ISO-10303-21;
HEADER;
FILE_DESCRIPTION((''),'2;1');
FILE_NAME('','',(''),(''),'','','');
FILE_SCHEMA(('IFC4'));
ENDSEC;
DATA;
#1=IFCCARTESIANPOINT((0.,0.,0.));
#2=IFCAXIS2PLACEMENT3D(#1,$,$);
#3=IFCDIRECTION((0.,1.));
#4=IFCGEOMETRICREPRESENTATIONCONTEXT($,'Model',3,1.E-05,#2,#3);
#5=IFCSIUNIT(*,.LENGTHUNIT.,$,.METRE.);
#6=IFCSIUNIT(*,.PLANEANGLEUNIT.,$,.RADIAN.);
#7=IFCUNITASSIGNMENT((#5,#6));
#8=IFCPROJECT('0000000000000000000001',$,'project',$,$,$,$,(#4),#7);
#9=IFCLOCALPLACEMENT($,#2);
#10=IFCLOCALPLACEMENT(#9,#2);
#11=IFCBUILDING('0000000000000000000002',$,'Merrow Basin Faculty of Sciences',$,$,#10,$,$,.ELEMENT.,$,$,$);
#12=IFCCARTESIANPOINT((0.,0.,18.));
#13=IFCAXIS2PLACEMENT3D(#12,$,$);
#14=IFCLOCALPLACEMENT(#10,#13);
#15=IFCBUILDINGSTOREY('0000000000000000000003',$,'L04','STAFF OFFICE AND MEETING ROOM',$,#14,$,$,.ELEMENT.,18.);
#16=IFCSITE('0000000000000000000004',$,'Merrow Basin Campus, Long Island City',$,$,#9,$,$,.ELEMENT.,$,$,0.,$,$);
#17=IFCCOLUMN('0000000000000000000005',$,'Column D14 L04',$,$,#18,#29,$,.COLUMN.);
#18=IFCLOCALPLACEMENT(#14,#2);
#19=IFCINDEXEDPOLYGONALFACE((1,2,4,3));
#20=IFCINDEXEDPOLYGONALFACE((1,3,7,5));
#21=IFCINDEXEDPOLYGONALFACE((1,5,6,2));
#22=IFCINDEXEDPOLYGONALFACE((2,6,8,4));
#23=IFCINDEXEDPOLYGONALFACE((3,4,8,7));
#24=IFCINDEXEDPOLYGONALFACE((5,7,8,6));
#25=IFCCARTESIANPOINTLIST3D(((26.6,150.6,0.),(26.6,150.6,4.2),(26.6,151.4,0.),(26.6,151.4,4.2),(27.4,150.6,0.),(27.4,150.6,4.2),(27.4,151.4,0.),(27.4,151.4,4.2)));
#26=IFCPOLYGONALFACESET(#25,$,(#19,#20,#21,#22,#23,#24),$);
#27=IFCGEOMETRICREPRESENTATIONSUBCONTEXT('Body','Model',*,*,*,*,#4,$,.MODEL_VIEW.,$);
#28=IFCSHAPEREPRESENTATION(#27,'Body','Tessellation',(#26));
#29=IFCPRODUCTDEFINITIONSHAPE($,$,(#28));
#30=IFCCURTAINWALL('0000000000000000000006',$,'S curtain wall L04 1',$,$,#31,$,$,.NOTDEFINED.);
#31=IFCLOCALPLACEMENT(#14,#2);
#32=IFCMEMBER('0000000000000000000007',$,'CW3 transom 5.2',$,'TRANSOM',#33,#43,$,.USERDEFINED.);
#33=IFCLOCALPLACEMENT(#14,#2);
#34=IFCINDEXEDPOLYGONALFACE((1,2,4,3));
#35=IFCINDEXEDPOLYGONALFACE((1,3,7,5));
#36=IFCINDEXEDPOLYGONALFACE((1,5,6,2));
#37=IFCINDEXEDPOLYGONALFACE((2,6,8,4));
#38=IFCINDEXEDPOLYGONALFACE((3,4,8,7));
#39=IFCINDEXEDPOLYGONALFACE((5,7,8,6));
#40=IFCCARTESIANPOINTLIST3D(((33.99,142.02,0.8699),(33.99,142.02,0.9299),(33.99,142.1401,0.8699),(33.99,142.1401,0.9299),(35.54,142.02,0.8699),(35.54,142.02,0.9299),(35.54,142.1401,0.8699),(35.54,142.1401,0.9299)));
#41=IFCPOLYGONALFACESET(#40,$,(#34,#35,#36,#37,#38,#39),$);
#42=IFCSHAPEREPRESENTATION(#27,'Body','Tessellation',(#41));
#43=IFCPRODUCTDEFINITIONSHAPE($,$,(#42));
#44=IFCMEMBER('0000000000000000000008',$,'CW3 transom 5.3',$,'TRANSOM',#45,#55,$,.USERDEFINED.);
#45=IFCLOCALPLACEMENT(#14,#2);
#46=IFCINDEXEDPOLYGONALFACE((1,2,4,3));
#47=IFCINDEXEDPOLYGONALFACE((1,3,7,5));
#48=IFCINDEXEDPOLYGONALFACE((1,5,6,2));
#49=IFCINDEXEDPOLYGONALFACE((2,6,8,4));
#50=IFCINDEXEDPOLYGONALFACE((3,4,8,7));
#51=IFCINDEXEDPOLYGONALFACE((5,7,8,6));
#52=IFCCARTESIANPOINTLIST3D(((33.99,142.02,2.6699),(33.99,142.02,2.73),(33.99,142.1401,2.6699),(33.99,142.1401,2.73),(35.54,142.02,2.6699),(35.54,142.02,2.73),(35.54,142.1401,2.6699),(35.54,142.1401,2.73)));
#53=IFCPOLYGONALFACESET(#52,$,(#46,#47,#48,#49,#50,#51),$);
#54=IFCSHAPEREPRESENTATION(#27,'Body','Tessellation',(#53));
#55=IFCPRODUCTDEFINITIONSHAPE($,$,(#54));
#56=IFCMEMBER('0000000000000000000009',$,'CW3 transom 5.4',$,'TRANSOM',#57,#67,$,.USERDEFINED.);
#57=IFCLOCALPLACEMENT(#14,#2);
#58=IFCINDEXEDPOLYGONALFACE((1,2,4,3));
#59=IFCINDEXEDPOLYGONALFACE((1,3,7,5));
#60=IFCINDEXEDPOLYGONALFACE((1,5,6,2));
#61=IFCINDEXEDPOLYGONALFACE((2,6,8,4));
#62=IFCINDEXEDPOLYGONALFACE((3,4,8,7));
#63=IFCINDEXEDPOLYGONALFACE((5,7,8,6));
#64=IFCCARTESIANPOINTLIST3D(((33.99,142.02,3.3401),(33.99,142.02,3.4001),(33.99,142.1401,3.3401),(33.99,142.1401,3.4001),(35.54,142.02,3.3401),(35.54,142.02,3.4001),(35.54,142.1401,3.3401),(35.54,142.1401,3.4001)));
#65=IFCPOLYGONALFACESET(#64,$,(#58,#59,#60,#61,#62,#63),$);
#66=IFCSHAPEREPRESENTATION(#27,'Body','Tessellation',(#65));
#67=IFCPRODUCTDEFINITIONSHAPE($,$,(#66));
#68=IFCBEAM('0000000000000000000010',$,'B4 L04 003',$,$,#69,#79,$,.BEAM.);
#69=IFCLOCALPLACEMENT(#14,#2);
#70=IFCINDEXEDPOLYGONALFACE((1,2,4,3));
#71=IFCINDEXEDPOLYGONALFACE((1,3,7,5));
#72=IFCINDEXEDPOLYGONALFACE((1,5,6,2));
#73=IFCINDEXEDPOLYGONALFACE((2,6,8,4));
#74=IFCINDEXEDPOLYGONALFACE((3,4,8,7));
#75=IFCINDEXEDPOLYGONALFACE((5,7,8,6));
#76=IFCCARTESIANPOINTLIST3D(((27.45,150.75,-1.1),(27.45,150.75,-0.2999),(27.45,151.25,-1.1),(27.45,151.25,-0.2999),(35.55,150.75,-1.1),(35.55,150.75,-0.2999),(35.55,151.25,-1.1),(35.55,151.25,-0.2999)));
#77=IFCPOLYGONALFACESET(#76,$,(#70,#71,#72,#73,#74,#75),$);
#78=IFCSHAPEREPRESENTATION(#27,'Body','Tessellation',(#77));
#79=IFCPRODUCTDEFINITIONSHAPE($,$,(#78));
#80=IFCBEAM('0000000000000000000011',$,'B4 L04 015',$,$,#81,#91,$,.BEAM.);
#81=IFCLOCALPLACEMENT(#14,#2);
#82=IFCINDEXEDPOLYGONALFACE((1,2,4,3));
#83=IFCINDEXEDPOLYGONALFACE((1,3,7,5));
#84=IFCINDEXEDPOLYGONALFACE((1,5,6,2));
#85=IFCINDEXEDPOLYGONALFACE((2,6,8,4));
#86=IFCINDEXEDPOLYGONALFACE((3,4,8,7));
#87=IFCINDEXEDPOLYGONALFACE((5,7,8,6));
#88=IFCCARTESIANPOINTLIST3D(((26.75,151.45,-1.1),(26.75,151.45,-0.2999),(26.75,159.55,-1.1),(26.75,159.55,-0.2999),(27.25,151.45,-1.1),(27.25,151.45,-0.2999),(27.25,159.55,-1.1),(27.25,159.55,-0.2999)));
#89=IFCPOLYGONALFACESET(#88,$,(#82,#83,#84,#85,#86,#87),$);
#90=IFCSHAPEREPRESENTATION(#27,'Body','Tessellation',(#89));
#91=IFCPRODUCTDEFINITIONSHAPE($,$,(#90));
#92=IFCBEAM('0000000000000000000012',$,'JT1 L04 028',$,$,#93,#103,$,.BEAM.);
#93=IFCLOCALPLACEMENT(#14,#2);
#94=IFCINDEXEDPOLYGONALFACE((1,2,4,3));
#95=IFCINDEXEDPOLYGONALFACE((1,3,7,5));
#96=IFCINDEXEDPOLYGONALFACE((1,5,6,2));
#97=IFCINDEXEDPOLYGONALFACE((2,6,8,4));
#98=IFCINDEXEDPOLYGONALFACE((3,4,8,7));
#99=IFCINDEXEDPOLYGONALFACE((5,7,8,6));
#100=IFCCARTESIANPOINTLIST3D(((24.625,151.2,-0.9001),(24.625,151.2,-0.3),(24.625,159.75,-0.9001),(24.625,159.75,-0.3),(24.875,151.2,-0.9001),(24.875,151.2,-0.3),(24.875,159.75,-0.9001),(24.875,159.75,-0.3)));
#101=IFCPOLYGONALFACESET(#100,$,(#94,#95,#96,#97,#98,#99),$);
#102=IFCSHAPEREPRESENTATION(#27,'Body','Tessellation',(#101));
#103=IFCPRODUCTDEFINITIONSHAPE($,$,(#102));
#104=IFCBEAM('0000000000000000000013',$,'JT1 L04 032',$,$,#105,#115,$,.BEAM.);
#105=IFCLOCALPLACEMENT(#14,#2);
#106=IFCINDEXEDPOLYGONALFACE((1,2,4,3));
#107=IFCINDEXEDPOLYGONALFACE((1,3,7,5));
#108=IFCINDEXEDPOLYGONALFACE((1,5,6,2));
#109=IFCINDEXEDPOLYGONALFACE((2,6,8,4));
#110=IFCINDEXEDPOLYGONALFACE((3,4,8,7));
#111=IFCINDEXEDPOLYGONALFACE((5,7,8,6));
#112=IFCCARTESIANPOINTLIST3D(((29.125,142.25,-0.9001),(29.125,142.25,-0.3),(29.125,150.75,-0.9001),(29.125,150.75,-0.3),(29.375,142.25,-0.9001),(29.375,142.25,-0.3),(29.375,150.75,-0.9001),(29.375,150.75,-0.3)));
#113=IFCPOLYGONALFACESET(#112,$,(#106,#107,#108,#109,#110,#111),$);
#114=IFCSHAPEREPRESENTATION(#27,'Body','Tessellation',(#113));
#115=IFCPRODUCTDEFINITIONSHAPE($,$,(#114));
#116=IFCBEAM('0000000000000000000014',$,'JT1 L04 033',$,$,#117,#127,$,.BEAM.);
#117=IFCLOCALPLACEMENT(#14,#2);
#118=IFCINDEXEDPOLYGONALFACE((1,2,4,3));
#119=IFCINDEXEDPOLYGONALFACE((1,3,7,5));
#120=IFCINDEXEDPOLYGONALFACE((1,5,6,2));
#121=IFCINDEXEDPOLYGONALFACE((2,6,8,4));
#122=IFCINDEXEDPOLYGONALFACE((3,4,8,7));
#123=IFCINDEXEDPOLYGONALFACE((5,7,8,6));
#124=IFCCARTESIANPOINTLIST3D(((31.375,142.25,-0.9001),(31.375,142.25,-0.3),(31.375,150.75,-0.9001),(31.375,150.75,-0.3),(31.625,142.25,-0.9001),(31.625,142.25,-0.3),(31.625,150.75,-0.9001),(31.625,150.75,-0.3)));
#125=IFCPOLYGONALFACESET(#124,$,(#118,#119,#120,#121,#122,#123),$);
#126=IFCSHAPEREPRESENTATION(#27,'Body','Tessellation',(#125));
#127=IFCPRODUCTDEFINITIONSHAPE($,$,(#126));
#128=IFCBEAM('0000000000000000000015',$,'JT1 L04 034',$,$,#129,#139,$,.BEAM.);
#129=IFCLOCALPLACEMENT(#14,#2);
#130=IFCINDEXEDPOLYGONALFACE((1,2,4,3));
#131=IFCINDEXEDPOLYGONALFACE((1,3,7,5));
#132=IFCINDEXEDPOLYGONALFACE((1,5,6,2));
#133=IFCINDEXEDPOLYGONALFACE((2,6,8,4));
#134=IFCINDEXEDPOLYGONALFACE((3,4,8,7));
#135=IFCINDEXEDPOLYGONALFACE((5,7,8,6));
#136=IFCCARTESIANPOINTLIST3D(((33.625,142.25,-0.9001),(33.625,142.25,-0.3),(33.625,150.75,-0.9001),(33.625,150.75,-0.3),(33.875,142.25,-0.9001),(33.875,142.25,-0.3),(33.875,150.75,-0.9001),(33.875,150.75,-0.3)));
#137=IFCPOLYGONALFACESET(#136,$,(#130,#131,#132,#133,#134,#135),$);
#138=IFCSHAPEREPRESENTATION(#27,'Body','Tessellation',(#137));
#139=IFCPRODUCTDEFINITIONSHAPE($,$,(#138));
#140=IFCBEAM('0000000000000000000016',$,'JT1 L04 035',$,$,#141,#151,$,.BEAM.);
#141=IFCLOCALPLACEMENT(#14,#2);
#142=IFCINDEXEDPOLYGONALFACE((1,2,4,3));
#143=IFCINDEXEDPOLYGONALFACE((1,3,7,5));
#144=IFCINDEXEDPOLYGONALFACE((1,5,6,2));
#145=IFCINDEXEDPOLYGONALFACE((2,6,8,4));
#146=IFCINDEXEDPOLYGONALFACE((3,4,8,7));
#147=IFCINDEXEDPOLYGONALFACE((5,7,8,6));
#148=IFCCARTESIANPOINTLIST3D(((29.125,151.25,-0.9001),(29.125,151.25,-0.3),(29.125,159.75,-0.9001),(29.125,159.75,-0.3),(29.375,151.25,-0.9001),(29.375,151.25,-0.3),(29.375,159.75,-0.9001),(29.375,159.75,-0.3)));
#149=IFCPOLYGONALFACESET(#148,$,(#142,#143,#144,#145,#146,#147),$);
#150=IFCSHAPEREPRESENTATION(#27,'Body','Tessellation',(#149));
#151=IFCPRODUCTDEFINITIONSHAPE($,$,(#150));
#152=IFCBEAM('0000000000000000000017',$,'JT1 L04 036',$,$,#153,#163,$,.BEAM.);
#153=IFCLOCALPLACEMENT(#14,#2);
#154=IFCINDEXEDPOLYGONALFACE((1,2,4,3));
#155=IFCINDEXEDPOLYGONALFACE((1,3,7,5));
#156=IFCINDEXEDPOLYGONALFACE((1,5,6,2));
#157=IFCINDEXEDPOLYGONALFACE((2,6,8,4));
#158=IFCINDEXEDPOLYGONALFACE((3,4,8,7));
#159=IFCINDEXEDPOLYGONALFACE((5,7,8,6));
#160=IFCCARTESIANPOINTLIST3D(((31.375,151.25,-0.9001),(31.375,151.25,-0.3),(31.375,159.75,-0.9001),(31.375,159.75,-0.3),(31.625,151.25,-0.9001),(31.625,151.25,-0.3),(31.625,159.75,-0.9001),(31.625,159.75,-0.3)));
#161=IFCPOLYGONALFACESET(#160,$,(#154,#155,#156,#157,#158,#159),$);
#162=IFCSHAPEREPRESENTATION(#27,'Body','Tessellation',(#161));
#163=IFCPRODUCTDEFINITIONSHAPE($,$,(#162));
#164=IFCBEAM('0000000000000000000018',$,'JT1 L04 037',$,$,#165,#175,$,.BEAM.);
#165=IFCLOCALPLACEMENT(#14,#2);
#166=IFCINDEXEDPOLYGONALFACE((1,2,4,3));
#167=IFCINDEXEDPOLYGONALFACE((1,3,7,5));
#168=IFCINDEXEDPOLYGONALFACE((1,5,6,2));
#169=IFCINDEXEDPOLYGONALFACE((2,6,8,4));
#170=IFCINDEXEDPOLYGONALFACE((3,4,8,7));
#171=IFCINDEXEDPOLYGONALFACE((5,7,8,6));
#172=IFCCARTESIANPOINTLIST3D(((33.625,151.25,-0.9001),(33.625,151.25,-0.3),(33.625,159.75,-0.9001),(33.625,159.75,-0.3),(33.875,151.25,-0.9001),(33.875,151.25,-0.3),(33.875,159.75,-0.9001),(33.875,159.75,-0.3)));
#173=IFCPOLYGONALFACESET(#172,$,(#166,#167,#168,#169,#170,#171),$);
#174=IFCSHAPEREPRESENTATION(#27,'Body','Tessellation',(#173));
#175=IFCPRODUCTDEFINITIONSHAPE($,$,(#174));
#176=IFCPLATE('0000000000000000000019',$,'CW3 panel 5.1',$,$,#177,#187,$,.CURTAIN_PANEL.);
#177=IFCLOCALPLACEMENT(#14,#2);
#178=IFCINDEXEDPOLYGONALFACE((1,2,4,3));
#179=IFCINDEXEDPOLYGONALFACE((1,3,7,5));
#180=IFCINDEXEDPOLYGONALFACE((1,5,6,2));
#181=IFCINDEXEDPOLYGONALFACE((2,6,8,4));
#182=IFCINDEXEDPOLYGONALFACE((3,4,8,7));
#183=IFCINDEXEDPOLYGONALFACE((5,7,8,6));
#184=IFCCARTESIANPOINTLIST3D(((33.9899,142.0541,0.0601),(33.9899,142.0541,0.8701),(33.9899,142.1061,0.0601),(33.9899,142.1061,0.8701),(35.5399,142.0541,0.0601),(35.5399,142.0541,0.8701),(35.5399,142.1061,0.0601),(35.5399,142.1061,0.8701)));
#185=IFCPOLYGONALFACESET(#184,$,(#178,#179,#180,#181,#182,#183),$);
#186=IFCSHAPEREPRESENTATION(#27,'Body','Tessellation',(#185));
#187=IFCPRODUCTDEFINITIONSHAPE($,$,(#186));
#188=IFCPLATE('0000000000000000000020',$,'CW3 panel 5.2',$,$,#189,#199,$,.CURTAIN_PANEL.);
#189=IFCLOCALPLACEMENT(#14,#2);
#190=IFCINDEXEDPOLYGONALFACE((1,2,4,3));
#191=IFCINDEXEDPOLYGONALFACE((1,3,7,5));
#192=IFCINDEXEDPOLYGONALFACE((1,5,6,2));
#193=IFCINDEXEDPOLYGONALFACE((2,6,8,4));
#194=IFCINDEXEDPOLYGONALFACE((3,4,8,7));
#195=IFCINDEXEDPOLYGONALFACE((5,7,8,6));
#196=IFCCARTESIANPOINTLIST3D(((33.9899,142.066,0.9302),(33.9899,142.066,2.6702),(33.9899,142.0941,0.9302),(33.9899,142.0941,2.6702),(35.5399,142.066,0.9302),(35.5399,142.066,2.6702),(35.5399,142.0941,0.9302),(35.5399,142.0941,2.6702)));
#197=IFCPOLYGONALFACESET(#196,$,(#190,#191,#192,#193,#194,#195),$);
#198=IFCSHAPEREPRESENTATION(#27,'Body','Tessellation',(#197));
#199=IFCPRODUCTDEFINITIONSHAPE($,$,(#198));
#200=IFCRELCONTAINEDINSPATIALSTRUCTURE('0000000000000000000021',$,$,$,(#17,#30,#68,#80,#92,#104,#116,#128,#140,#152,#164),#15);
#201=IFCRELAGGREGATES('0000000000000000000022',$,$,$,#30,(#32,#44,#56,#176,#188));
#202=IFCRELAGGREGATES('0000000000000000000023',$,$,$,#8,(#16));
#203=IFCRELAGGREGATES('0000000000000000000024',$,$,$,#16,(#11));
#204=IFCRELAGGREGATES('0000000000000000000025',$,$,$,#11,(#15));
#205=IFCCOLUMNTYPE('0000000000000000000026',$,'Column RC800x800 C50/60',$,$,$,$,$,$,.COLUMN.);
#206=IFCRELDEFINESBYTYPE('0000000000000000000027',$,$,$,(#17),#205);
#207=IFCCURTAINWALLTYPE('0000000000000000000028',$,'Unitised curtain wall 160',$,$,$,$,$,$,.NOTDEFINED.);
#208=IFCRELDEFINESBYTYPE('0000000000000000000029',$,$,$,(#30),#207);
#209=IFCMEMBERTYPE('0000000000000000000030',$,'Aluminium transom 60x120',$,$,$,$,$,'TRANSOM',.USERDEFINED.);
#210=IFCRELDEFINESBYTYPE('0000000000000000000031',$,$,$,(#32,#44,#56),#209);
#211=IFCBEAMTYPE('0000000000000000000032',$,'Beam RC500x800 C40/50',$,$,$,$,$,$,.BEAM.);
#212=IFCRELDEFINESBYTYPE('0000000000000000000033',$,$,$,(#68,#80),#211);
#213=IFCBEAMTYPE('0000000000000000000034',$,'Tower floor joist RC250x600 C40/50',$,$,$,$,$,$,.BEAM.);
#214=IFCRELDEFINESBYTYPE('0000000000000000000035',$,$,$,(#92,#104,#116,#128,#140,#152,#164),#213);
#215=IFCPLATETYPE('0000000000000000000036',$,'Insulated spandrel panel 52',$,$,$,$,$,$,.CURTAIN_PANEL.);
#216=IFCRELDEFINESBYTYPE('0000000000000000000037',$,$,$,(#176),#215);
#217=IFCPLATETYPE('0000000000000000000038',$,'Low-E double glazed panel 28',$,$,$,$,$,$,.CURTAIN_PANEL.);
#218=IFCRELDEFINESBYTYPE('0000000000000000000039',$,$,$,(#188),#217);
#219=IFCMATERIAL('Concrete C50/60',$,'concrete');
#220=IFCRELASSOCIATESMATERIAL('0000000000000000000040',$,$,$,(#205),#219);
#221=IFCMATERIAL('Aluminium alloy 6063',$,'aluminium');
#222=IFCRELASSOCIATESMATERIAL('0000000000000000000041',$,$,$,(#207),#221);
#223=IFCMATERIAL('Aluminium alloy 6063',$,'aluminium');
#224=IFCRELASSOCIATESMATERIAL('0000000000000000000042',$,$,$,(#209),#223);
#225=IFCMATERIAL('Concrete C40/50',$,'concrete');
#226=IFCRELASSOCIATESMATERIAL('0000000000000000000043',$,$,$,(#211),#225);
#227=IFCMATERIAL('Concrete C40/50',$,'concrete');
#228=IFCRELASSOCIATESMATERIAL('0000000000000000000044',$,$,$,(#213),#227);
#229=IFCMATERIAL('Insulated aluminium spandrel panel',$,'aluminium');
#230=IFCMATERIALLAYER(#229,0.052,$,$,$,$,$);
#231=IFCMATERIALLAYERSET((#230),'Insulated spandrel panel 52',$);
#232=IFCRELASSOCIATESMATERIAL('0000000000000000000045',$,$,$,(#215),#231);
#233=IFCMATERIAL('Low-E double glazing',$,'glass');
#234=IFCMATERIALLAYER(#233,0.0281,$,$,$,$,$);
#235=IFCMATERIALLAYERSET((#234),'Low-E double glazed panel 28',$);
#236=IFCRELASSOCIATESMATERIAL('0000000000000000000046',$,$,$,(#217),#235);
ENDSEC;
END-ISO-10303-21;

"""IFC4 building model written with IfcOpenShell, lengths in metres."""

from ifc_helpers import new_model, si_unit, direction, frame, origin, origin_2d, place, context, subcontext, project, spatial, rectangle, extrude, material, layer, layer_set, material_profile, profile_set, type_object, element, aggregate, save


model = new_model("IFC4")

# Units and contexts
model_context = context("Model", 3, precision=1e-05, world=origin(), true_north=direction((0.0, 1.0)))
body_context = subcontext(model_context, "Body", "Model", "MODEL_VIEW")
ifc_project = project(units=[si_unit("LENGTHUNIT", "METRE"), si_unit("PLANEANGLEUNIT", "RADIAN")], contexts=[model_context])

# Site, building, storey
site_placement = place(None, origin())
site = spatial("IfcSite", under=ifc_project, at=site_placement, Name="Merrow Basin Campus, Long Island City", CompositionType="ELEMENT", RefElevation=0.0)
building_placement = place(site_placement, origin())
building = spatial("IfcBuilding", under=site, at=building_placement, Name="Merrow Basin Faculty of Sciences", CompositionType="ELEMENT")
storey_placement = place(building_placement, frame((0.0, 0.0, 18.0)))
storey = spatial("IfcBuildingStorey", under=building, at=storey_placement, Name="L04", Description="STAFF OFFICE AND MEETING ROOM", CompositionType="ELEMENT", Elevation=18.0)

# Column
ifc_material_1 = material(Name="Concrete C50/60", Category="concrete")
ifc_material_profile_1 = material_profile(ifc_material_1, rectangle(XDim=0.8, YDim=0.8, at=origin_2d()))
ifc_profile_set_1 = profile_set([ifc_material_profile_1], Name="Concrete C50/60")
column_type = type_object("IfcColumnType", Name="Column RC800x800 C50/60", PredefinedType="COLUMN", material=ifc_profile_set_1)
column_placement = place(storey_placement, frame((27.0, 151.0, 0.0), z_axis=(0.0, 0.0, 1.0), x_axis=(1.0, 0.0, 0.0)))
element("IfcColumn", 1, at=column_placement, inside=storey, type_object=column_type, Name="Column D14 L04", PredefinedType="COLUMN", context=body_context, shape_type="SweptSolid", body=[
    extrude(rectangle(XDim=0.8, YDim=0.8, at=origin_2d()), origin(), (0.0, 0.0, 1.0), 4.2),
])

# Curtain wall, members
ifc_material_2 = material(Name="Aluminium alloy 6063", Category="aluminium")
curtain_wall_type = type_object("IfcCurtainWallType", Name="Unitised curtain wall 160", PredefinedType="NOTDEFINED", material=ifc_material_2)
curtain_wall_placement = place(storey_placement, origin())
curtain_wall = element("IfcCurtainWall", 2, at=curtain_wall_placement, inside=storey, type_object=curtain_wall_type, Name="S curtain wall L04 1", PredefinedType="NOTDEFINED")
ifc_material_3 = material(Name="Aluminium alloy 6063", Category="aluminium")
ifc_material_profile_2 = material_profile(ifc_material_3, rectangle(XDim=0.1201, YDim=0.0601, at=origin_2d()))
ifc_profile_set_2 = profile_set([ifc_material_profile_2], Name="Aluminium alloy 6063")
member_type = type_object("IfcMemberType", Name="Aluminium transom 60x120", ElementType="TRANSOM", PredefinedType="USERDEFINED", material=ifc_profile_set_2)
member_1_placement = place(storey_placement, frame((33.99, 142.0801, 0.8999), z_axis=(1.0, 0.0, 0.0), x_axis=(0.0, 1.0, 0.0)))
member_1 = element("IfcMember", 3, at=member_1_placement, type_object=member_type, Name="CW3 transom 5.2", ObjectType="TRANSOM", PredefinedType="USERDEFINED", context=body_context, shape_type="SweptSolid", body=[
    extrude(rectangle(XDim=0.1201, YDim=0.0601, at=origin_2d()), origin(), (0.0, 0.0, 1.0), 1.55),
])
member_2_placement = place(storey_placement, frame((33.99, 142.0801, 2.7), z_axis=(1.0, 0.0, 0.0), x_axis=(0.0, 1.0, 0.0)))
member_2 = element("IfcMember", 4, at=member_2_placement, type_object=member_type, Name="CW3 transom 5.3", ObjectType="TRANSOM", PredefinedType="USERDEFINED", context=body_context, shape_type="SweptSolid", body=[
    extrude(rectangle(XDim=0.1201, YDim=0.0601, at=origin_2d()), origin(), (0.0, 0.0, 1.0), 1.55),
])
member_3_placement = place(storey_placement, frame((33.99, 142.0801, 3.3701), z_axis=(1.0, 0.0, 0.0), x_axis=(0.0, 1.0, 0.0)))
member_3 = element("IfcMember", 5, at=member_3_placement, type_object=member_type, Name="CW3 transom 5.4", ObjectType="TRANSOM", PredefinedType="USERDEFINED", context=body_context, shape_type="SweptSolid", body=[
    extrude(rectangle(XDim=0.1201, YDim=0.0601, at=origin_2d()), origin(), (0.0, 0.0, 1.0), 1.55),
])

# Beams
ifc_material_4 = material(Name="Concrete C40/50", Category="concrete")
ifc_material_profile_3 = material_profile(ifc_material_4, rectangle(XDim=0.5, YDim=0.8, at=origin_2d()))
ifc_profile_set_3 = profile_set([ifc_material_profile_3], Name="Concrete C40/50")
beam_type_1 = type_object("IfcBeamType", Name="Beam RC500x800 C40/50", PredefinedType="BEAM", material=ifc_profile_set_3)
for number, where, z_axis, x_axis, name in (
    (6, (27.45, 151.0, -0.7), (1.0, 0.0, 0.0), (0.0, 1.0, 0.0), "B4 L04 003"),
    (7, (27.0, 151.45, -0.7), (0.0, 1.0, 0.0), (-1.0, 0.0, 0.0), "B4 L04 015"),
):
    element("IfcBeam", number, at=place(storey_placement, frame(where, z_axis=z_axis, x_axis=x_axis)), inside=storey, type_object=beam_type_1, Name=name, PredefinedType="BEAM", context=body_context, shape_type="SweptSolid", body=[
        extrude(rectangle(XDim=0.5, YDim=0.8, at=origin_2d()), origin(), (0.0, 0.0, 1.0), 8.1001),
    ])
ifc_material_5 = material(Name="Concrete C40/50", Category="concrete")
ifc_material_profile_4 = material_profile(ifc_material_5, rectangle(XDim=0.25, YDim=0.6001, at=origin_2d()))
ifc_profile_set_4 = profile_set([ifc_material_profile_4], Name="Concrete C40/50")
beam_type_2 = type_object("IfcBeamType", Name="Tower floor joist RC250x600 C40/50", PredefinedType="BEAM", material=ifc_profile_set_4)
beam_placement = place(storey_placement, frame((24.75, 151.2, -0.6001), z_axis=(0.0, 1.0, 0.0), x_axis=(-1.0, 0.0, 0.0)))
element("IfcBeam", 8, at=beam_placement, inside=storey, type_object=beam_type_2, Name="JT1 L04 028", PredefinedType="BEAM", context=body_context, shape_type="SweptSolid", body=[
    extrude(rectangle(XDim=0.25, YDim=0.6001, at=origin_2d()), origin(), (0.0, 0.0, 1.0), 8.55),
])
for number, where, z_axis, x_axis, name in (
    (9, (29.25, 142.25, -0.6001), (0.0, 1.0, 0.0), (-1.0, 0.0, 0.0), "JT1 L04 032"),
    (10, (31.5, 142.25, -0.6001), (0.0, 1.0, 0.0), (-1.0, 0.0, 0.0), "JT1 L04 033"),
    (11, (33.75, 142.25, -0.6001), (0.0, 1.0, 0.0), (-1.0, 0.0, 0.0), "JT1 L04 034"),
    (12, (29.25, 151.25, -0.6001), (0.0, 1.0, 0.0), (-1.0, 0.0, 0.0), "JT1 L04 035"),
    (13, (31.5, 151.25, -0.6001), (0.0, 1.0, 0.0), (-1.0, 0.0, 0.0), "JT1 L04 036"),
    (14, (33.75, 151.25, -0.6001), (0.0, 1.0, 0.0), (-1.0, 0.0, 0.0), "JT1 L04 037"),
):
    element("IfcBeam", number, at=place(storey_placement, frame(where, z_axis=z_axis, x_axis=x_axis)), inside=storey, type_object=beam_type_2, Name=name, PredefinedType="BEAM", context=body_context, shape_type="SweptSolid", body=[
        extrude(rectangle(XDim=0.25, YDim=0.6001, at=origin_2d()), origin(), (0.0, 0.0, 1.0), 8.5),
    ])

# Plates
ifc_material_6 = material(Name="Insulated aluminium spandrel panel", Category="aluminium")
ifc_layer_1 = layer(ifc_material_6, 0.052)
ifc_layer_set_1 = layer_set([ifc_layer_1], Name="Insulated spandrel panel 52")
plate_type_1 = type_object("IfcPlateType", Name="Insulated spandrel panel 52", PredefinedType="CURTAIN_PANEL", material=ifc_layer_set_1)
plate_1_placement = place(storey_placement, frame((34.7649, 142.0801, 0.0601), z_axis=(0.0, 0.0, 1.0), x_axis=(1.0, 0.0, 0.0)))
plate_1 = element("IfcPlate", 15, at=plate_1_placement, type_object=plate_type_1, Name="CW3 panel 5.1", PredefinedType="CURTAIN_PANEL", context=body_context, shape_type="SweptSolid", body=[
    extrude(rectangle(XDim=1.55, YDim=0.052, at=origin_2d()), origin(), (0.0, 0.0, 1.0), 0.8101),
])
ifc_material_7 = material(Name="Low-E double glazing", Category="glass")
ifc_layer_2 = layer(ifc_material_7, 0.0281)
ifc_layer_set_2 = layer_set([ifc_layer_2], Name="Low-E double glazed panel 28")
plate_type_2 = type_object("IfcPlateType", Name="Low-E double glazed panel 28", PredefinedType="CURTAIN_PANEL", material=ifc_layer_set_2)
plate_2_placement = place(storey_placement, frame((34.7649, 142.0801, 0.9302), z_axis=(0.0, 0.0, 1.0), x_axis=(1.0, 0.0, 0.0)))
plate_2 = element("IfcPlate", 16, at=plate_2_placement, type_object=plate_type_2, Name="CW3 panel 5.2", PredefinedType="CURTAIN_PANEL", context=body_context, shape_type="SweptSolid", body=[
    extrude(rectangle(XDim=1.55, YDim=0.0281, at=origin_2d()), origin(), (0.0, 0.0, 1.0), 1.74),
])
aggregate(curtain_wall, [member_1, member_2, member_3, plate_1, plate_2])

save(model, "model.ifc")
